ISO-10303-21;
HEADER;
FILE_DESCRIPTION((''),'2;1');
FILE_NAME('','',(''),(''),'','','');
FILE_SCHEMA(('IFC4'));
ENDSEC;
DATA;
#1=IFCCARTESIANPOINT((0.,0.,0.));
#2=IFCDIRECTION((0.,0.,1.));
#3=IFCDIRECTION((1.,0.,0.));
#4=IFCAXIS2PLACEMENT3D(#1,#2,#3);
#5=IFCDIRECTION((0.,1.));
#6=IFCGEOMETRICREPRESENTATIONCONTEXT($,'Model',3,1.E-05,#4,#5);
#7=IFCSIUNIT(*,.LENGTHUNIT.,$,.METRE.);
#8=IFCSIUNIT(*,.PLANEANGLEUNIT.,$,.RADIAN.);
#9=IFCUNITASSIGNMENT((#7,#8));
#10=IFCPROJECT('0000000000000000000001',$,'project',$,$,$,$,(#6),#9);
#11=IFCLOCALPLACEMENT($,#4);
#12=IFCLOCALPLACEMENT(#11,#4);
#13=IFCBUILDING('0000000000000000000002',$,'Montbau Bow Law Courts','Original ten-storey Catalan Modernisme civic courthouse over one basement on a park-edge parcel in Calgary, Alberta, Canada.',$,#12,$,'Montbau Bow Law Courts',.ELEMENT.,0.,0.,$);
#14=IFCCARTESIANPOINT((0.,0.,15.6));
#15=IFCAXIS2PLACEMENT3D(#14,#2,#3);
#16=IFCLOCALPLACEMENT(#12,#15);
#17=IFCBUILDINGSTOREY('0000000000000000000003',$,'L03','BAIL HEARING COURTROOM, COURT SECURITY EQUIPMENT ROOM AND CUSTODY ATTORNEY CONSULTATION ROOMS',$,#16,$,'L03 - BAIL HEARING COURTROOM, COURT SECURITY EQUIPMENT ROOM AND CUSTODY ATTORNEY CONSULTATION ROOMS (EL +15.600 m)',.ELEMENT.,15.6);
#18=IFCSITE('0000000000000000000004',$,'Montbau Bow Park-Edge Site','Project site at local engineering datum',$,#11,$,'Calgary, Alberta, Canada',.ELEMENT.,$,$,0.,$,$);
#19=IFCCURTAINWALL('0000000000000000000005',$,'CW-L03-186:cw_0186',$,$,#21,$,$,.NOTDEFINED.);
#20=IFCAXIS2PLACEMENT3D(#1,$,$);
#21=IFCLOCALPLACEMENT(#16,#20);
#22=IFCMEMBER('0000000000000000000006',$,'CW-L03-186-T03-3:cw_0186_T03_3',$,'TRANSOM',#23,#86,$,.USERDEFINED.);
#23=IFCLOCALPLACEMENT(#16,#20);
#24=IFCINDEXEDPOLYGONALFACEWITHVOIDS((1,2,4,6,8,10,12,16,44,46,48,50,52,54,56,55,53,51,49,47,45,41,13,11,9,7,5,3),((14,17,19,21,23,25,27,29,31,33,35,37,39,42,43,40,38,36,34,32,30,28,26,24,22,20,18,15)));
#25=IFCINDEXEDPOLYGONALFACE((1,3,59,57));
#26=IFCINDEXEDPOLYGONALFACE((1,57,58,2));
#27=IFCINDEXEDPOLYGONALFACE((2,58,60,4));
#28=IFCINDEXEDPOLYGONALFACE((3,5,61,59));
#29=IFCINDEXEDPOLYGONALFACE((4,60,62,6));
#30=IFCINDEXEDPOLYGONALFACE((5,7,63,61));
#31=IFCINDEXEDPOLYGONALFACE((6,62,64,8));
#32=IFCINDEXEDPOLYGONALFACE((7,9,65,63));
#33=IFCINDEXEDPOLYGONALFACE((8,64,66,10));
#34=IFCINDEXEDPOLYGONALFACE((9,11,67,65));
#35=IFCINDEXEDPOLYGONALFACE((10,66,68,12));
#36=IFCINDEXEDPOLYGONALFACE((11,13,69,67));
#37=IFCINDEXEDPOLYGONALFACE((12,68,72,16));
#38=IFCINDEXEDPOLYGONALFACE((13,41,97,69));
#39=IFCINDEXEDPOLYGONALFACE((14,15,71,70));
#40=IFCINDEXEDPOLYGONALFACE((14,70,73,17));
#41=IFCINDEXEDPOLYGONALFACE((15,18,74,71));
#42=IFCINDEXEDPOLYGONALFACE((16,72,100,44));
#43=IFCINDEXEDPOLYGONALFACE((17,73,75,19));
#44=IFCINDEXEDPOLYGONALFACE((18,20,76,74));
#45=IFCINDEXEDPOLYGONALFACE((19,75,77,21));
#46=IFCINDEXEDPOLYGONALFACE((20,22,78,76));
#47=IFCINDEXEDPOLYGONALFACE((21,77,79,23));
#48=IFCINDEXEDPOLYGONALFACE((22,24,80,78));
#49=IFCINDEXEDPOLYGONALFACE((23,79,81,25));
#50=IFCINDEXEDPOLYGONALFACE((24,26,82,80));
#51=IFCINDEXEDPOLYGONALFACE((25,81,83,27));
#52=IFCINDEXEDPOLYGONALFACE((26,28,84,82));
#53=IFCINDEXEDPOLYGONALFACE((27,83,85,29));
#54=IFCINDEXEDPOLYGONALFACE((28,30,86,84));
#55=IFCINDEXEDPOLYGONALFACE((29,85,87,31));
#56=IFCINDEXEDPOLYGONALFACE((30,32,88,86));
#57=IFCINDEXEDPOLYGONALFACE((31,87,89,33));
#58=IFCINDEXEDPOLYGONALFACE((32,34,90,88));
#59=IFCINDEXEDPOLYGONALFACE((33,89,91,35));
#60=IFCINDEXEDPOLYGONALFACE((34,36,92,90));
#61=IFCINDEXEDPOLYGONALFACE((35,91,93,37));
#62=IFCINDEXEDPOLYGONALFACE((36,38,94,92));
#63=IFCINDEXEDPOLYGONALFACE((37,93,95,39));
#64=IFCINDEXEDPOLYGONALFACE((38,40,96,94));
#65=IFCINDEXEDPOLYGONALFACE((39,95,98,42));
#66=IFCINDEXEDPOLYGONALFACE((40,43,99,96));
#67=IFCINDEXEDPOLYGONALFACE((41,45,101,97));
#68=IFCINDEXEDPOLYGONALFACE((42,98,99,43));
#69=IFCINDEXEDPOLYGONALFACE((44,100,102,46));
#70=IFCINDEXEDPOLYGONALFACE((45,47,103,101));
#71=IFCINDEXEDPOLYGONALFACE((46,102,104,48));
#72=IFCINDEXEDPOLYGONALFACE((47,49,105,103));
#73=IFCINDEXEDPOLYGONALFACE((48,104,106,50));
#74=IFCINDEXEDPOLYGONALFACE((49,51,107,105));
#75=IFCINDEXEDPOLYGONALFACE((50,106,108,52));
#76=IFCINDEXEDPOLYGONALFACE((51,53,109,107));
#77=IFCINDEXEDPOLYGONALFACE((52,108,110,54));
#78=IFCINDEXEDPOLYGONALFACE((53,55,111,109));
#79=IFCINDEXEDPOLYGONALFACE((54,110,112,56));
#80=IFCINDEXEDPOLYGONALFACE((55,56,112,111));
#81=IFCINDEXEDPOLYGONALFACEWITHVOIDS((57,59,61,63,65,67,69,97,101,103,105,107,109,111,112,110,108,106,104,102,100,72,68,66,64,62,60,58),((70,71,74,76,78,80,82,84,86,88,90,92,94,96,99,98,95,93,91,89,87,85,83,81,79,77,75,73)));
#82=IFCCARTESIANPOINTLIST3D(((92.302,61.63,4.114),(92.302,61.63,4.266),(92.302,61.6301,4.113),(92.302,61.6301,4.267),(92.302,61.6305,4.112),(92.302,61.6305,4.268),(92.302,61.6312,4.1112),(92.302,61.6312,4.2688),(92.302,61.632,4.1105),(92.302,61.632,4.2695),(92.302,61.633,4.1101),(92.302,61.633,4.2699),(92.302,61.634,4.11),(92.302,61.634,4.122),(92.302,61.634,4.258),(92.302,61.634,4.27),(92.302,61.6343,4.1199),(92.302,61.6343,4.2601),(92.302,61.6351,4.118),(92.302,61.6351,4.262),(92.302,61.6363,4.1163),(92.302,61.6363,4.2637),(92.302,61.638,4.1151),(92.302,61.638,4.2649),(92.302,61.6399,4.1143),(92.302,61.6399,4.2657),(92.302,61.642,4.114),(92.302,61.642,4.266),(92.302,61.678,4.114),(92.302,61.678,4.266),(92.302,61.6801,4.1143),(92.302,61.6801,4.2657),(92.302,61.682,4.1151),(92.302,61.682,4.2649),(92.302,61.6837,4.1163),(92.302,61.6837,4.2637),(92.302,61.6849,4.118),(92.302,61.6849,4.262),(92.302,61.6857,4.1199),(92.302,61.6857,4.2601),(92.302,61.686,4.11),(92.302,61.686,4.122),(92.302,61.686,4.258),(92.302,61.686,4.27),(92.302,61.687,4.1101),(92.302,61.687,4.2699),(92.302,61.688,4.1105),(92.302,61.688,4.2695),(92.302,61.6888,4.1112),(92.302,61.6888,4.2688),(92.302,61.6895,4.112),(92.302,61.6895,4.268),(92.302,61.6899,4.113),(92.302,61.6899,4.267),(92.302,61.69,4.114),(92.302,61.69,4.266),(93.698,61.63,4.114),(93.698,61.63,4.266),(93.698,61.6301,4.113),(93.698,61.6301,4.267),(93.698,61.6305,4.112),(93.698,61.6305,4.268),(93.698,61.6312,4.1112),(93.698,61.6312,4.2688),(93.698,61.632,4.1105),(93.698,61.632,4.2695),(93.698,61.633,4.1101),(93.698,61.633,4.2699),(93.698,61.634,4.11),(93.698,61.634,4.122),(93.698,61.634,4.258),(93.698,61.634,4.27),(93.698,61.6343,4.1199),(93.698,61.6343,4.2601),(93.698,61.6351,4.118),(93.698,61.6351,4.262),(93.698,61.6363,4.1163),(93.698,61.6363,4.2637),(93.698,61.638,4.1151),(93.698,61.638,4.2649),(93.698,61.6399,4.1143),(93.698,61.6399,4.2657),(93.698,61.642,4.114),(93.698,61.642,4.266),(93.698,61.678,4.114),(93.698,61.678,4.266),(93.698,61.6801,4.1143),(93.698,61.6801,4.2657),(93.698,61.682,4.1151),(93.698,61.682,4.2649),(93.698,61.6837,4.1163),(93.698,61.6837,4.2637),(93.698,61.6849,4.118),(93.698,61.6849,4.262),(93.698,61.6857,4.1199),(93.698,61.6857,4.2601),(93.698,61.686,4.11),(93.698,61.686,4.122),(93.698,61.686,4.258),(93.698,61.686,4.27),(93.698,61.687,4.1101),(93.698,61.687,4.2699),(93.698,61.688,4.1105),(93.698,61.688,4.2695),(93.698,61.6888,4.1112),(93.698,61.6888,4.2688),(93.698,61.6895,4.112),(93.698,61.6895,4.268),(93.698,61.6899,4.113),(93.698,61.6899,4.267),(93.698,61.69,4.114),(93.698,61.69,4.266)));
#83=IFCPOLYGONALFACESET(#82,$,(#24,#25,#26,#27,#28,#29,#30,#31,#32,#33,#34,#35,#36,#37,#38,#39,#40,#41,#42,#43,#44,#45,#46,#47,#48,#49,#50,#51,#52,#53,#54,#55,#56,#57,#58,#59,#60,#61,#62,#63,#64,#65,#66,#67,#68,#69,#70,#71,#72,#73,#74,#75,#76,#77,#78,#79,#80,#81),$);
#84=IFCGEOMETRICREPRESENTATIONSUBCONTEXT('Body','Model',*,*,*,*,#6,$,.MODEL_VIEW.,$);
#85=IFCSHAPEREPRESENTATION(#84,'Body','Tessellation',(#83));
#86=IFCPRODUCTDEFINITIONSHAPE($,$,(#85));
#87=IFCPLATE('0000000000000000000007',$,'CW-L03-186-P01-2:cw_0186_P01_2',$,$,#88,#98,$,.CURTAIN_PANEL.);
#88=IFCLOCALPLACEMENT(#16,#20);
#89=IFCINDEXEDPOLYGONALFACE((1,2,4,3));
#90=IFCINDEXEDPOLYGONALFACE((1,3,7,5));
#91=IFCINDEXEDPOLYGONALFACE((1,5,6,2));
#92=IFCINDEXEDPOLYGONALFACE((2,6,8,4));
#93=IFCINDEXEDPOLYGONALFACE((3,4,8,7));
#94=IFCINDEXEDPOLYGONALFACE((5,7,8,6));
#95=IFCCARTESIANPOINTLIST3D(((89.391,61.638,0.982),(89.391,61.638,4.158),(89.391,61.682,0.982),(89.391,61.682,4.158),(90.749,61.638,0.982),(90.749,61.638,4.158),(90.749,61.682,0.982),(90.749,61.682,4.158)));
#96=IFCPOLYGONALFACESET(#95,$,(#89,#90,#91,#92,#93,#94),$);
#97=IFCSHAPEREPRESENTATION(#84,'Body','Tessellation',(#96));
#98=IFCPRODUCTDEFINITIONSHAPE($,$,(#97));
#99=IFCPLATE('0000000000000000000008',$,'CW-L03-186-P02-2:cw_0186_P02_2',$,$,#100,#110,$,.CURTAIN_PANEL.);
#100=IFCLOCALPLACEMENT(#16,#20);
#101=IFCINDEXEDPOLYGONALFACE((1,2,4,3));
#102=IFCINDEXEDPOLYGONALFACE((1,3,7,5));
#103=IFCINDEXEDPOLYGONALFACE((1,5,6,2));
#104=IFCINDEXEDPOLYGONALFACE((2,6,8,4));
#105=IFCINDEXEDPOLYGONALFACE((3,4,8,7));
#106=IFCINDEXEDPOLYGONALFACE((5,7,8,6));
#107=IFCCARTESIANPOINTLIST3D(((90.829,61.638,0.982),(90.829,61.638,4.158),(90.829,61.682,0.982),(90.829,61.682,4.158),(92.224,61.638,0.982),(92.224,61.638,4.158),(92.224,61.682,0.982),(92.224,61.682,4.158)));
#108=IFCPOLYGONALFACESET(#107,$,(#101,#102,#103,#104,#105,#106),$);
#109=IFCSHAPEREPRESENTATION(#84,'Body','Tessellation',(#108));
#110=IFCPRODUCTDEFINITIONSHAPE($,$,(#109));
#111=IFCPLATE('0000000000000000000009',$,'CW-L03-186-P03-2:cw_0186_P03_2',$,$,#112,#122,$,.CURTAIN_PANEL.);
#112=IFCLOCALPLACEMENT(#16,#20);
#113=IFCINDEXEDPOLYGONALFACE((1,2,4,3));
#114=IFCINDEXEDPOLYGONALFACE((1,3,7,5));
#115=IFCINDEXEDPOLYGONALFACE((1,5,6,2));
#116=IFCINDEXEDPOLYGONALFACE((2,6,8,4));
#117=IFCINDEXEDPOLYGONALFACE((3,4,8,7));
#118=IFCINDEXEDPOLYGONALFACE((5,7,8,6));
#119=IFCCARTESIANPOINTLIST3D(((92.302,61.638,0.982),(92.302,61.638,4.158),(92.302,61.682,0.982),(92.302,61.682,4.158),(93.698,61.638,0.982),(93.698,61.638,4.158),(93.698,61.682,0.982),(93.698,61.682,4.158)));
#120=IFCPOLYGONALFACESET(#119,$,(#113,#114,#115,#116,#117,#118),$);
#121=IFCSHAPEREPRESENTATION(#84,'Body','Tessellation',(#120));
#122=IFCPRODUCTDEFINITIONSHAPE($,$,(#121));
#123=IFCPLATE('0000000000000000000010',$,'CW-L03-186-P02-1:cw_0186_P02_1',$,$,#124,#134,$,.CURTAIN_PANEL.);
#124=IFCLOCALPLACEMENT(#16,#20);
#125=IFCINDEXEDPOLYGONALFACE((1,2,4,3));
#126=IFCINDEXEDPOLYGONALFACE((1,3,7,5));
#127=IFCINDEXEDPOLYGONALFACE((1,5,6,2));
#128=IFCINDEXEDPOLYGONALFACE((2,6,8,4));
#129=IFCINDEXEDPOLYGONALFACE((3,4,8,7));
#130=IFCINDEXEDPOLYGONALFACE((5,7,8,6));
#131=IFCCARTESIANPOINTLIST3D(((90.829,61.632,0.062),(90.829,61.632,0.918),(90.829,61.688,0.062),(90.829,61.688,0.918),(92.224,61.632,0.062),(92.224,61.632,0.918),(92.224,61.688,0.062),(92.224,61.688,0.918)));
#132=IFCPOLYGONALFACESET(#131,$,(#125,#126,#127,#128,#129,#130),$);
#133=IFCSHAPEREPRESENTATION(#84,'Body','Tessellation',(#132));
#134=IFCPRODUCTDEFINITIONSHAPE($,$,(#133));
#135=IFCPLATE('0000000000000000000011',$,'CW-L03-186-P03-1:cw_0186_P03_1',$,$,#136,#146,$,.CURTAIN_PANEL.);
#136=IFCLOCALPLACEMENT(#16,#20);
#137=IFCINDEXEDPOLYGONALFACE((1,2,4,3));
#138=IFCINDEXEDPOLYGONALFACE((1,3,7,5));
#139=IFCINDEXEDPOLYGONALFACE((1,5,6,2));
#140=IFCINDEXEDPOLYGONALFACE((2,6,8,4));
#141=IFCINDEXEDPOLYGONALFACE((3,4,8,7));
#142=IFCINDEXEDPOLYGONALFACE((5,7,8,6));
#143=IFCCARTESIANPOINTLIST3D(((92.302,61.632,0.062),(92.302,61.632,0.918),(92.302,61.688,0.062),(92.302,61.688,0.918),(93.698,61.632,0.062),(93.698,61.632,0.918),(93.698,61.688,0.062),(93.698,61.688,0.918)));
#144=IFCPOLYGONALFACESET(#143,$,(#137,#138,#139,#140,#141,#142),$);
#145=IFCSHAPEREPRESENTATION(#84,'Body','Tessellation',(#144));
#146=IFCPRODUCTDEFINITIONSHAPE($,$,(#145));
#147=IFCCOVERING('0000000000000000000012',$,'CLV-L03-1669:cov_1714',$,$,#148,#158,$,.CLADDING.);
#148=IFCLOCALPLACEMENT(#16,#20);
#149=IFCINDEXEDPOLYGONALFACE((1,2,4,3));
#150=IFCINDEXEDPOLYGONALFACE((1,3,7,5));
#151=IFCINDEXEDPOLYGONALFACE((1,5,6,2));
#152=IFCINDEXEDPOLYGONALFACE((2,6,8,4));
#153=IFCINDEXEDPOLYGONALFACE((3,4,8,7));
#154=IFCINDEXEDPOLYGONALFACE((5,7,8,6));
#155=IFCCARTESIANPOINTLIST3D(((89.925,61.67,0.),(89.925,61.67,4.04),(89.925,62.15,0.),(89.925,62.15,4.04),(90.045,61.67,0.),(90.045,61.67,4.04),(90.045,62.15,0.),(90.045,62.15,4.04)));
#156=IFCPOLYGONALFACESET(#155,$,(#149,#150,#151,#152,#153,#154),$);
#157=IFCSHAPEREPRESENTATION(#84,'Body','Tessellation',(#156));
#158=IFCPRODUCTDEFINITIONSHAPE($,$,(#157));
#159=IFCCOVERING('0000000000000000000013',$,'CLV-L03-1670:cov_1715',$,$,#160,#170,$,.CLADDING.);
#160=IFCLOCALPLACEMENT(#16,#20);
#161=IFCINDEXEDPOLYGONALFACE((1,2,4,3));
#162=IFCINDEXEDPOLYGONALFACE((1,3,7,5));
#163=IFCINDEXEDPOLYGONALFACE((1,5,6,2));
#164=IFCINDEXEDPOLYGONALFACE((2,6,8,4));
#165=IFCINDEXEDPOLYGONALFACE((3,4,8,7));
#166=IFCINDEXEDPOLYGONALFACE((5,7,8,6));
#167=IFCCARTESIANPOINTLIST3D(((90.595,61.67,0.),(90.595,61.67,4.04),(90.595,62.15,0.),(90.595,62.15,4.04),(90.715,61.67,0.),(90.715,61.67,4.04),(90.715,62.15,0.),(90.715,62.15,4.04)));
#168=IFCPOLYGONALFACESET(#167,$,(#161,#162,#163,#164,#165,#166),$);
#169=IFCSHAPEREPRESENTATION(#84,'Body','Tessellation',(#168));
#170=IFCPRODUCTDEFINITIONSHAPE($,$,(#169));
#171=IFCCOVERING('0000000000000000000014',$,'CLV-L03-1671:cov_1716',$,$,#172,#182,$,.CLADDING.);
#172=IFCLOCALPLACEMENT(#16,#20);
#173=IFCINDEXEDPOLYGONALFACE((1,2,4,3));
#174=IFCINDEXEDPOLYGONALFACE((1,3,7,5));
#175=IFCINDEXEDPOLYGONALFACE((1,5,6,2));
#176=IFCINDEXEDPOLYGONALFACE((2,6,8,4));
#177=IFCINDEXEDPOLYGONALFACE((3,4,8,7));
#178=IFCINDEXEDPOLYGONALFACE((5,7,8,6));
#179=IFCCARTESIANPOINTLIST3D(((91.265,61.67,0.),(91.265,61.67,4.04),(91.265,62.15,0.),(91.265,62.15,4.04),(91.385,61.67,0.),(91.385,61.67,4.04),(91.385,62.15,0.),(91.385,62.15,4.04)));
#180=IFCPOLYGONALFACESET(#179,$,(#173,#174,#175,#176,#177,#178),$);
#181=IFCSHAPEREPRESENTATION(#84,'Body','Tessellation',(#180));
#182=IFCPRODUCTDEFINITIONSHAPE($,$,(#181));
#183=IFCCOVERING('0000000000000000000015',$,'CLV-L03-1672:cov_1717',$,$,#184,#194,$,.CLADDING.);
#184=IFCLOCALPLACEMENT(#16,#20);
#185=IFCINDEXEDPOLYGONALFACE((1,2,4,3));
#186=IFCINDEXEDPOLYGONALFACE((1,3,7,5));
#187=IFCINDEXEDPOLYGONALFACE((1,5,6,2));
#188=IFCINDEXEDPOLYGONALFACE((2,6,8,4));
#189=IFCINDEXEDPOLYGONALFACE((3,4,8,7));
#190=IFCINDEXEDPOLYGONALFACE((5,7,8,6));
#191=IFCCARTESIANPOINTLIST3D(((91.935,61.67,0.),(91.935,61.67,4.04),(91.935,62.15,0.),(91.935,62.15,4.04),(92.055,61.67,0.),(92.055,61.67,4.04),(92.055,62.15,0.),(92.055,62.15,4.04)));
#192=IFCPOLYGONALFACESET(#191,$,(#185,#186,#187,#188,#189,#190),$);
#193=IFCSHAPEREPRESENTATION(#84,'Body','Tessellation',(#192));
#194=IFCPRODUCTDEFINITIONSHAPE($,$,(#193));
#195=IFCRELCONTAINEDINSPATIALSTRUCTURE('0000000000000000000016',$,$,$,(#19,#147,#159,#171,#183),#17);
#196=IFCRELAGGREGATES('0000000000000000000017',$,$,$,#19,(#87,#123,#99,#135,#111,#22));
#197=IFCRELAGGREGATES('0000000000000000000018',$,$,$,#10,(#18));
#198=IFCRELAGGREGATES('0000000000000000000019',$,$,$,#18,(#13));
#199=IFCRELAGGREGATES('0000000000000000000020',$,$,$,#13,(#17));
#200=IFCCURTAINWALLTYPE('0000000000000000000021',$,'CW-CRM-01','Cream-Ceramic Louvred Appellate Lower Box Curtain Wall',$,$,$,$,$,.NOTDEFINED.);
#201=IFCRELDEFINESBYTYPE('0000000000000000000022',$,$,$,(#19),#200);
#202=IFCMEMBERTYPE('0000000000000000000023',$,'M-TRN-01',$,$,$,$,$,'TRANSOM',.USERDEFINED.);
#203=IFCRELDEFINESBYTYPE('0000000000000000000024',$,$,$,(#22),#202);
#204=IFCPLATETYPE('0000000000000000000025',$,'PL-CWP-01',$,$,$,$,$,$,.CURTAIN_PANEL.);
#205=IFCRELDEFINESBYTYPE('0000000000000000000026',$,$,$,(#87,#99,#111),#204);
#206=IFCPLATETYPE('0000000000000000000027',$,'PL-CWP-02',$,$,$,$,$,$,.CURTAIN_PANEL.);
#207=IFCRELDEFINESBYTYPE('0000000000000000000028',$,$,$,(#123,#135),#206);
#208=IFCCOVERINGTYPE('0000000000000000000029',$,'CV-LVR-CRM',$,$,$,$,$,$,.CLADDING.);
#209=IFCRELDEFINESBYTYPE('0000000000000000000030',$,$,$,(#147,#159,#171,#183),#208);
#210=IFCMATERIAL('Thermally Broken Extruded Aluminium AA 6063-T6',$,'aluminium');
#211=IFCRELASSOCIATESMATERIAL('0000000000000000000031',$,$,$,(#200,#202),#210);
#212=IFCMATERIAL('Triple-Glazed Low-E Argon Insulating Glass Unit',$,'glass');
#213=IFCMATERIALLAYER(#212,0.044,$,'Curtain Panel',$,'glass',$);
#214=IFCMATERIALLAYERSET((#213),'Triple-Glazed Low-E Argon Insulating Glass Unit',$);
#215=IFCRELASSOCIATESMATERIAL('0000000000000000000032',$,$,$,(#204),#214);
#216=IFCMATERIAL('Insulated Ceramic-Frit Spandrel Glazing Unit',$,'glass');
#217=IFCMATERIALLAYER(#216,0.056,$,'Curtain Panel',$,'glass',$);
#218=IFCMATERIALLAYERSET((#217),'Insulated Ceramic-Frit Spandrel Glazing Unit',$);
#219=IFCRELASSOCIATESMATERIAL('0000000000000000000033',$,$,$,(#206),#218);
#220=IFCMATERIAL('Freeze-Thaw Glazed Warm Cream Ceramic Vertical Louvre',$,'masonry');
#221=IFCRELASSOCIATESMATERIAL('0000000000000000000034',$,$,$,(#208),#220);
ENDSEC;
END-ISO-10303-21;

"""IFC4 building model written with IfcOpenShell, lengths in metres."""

from ifc_helpers import new_model, si_unit, direction, frame, frame_2d, origin_with_axes, origin_2d_with_axis, place, context, subcontext, project, spatial, rectangle, hollow_rectangle, extrude, material, layer, layer_set, material_profile, profile_set, type_object, element, aggregate, save


model = new_model("IFC4")

# Units and contexts
model_context = context("Model", 3, precision=1e-05, world=origin_with_axes(), true_north=direction((0.0, 1.0)))
body_context = subcontext(model_context, "Body", "Model", "MODEL_VIEW")
ifc_project = project(units=[si_unit("LENGTHUNIT", "METRE"), si_unit("PLANEANGLEUNIT", "RADIAN")], contexts=[model_context])

# Site, building, storey
site_placement = place(None, origin_with_axes())
site = spatial("IfcSite", under=ifc_project, at=site_placement, Name="Montbau Bow Park-Edge Site", Description="Project site at local engineering datum", LongName="Calgary, Alberta, Canada", CompositionType="ELEMENT", RefElevation=0.0)
building_placement = place(site_placement, origin_with_axes())
building = spatial("IfcBuilding", under=site, at=building_placement, Name="Montbau Bow Law Courts", Description="Original ten-storey Catalan Modernisme civic courthouse over one basement on a park-edge parcel in Calgary, Alberta, Canada.", LongName="Montbau Bow Law Courts", CompositionType="ELEMENT", ElevationOfRefHeight=0.0, ElevationOfTerrain=0.0)
storey_placement = place(building_placement, frame((0.0, 0.0, 15.6), z_axis=(0.0, 0.0, 1.0), x_axis=(1.0, 0.0, 0.0)))
storey = spatial("IfcBuildingStorey", under=building, at=storey_placement, Name="L03", Description="BAIL HEARING COURTROOM, COURT SECURITY EQUIPMENT ROOM AND CUSTODY ATTORNEY CONSULTATION ROOMS", LongName="L03 - BAIL HEARING COURTROOM, COURT SECURITY EQUIPMENT ROOM AND CUSTODY ATTORNEY CONSULTATION ROOMS (EL +15.600 m)", CompositionType="ELEMENT", Elevation=15.6)

# Curtain wall, member, plates
ifc_material_1 = material(Name="Thermally Broken Extruded Aluminium AA 6063-T6", Category="aluminium")
curtain_wall_type = type_object("IfcCurtainWallType", Name="CW-CRM-01", Description="Cream-Ceramic Louvred Appellate Lower Box Curtain Wall", PredefinedType="NOTDEFINED", material=ifc_material_1)
curtain_wall_placement = place(None, frame((89.315, 61.66, 15.6), z_axis=(0.0, 0.0, 1.0), x_axis=(1.0, 0.0, 0.0)))
curtain_wall = element("IfcCurtainWall", 1, at=curtain_wall_placement, inside=storey, type_object=curtain_wall_type, Name="CW-L03-186:cw_0186", PredefinedType="NOTDEFINED")
ifc_material_profile_1 = material_profile(ifc_material_1, hollow_rectangle(XDim=0.06, YDim=0.16, WallThickness=0.004, InnerFilletRadius=0.008, OuterFilletRadius=0.004, at=origin_2d_with_axis()), Name="CWT-160X60", Category="Main", Priority=0)
ifc_profile_set_1 = profile_set([ifc_material_profile_1], Name="Thermally Broken Extruded Aluminium AA 6063-T6")
member_type_1 = type_object("IfcMemberType", Name="M-TRN-01", ElementType="TRANSOM", PredefinedType="USERDEFINED", material=ifc_profile_set_1)
member_1_placement = place(None, frame((92.302, 61.66, 19.79), z_axis=(1.0, 0.0, 0.0), x_axis=(0.0, 1.0, 0.0)))
member_1 = element("IfcMember", 2, at=member_1_placement, type_object=member_type_1, Name="CW-L03-186-T03-3:cw_0186_T03_3", ObjectType="TRANSOM", PredefinedType="USERDEFINED", context=body_context, shape_type="SweptSolid", body=[
    extrude(hollow_rectangle(XDim=0.06, YDim=0.16, WallThickness=0.004, InnerFilletRadius=0.008, OuterFilletRadius=0.004, at=origin_2d_with_axis()), origin_with_axes(), (0.0, 0.0, 1.0), 1.396),
])
ifc_material_2 = material(Name="Triple-Glazed Low-E Argon Insulating Glass Unit", Category="glass")
ifc_layer_1 = layer(ifc_material_2, 0.044, Name="Curtain Panel", Category="glass")
ifc_layer_set_1 = layer_set([ifc_layer_1], Name="Triple-Glazed Low-E Argon Insulating Glass Unit")
plate_type_1 = type_object("IfcPlateType", Name="PL-CWP-01", PredefinedType="CURTAIN_PANEL", material=ifc_layer_set_1)
plate_1_placement = place(None, frame((89.391, 61.66, 16.582), z_axis=(0.0, -1.0, 0.0), x_axis=(1.0, 0.0, 0.0)))
plate_1 = element("IfcPlate", 3, at=plate_1_placement, type_object=plate_type_1, Name="CW-L03-186-P01-2:cw_0186_P01_2", PredefinedType="CURTAIN_PANEL", context=body_context, shape_type="SweptSolid", body=[
    extrude(rectangle(XDim=1.358, YDim=3.176, at=frame_2d((0.679, 1.588), x_axis=(1.0, 0.0))), frame((0.0, 0.0, -0.022), z_axis=(0.0, 0.0, 1.0), x_axis=(1.0, 0.0, 0.0)), (0.0, 0.0, 1.0), 0.044),
])
plate_2_placement = place(None, frame((90.829, 61.66, 16.582), z_axis=(0.0, -1.0, 0.0), x_axis=(1.0, 0.0, 0.0)))
plate_2 = element("IfcPlate", 4, at=plate_2_placement, type_object=plate_type_1, Name="CW-L03-186-P02-2:cw_0186_P02_2", PredefinedType="CURTAIN_PANEL", context=body_context, shape_type="SweptSolid", body=[
    extrude(rectangle(XDim=1.395, YDim=3.176, at=frame_2d((0.6975, 1.588), x_axis=(1.0, 0.0))), frame((0.0, 0.0, -0.022), z_axis=(0.0, 0.0, 1.0), x_axis=(1.0, 0.0, 0.0)), (0.0, 0.0, 1.0), 0.044),
])
plate_3_placement = place(None, frame((92.302, 61.66, 16.582), z_axis=(0.0, -1.0, 0.0), x_axis=(1.0, 0.0, 0.0)))
plate_3 = element("IfcPlate", 5, at=plate_3_placement, type_object=plate_type_1, Name="CW-L03-186-P03-2:cw_0186_P03_2", PredefinedType="CURTAIN_PANEL", context=body_context, shape_type="SweptSolid", body=[
    extrude(rectangle(XDim=1.396, YDim=3.176, at=frame_2d((0.698, 1.588), x_axis=(1.0, 0.0))), frame((0.0, 0.0, -0.022), z_axis=(0.0, 0.0, 1.0), x_axis=(1.0, 0.0, 0.0)), (0.0, 0.0, 1.0), 0.044),
])
ifc_material_3 = material(Name="Insulated Ceramic-Frit Spandrel Glazing Unit", Category="glass")
ifc_layer_2 = layer(ifc_material_3, 0.056, Name="Curtain Panel", Category="glass")
ifc_layer_set_2 = layer_set([ifc_layer_2], Name="Insulated Ceramic-Frit Spandrel Glazing Unit")
plate_type_2 = type_object("IfcPlateType", Name="PL-CWP-02", PredefinedType="CURTAIN_PANEL", material=ifc_layer_set_2)
plate_4_placement = place(None, frame((90.829, 61.66, 15.662), z_axis=(0.0, -1.0, 0.0), x_axis=(1.0, 0.0, 0.0)))
plate_4 = element("IfcPlate", 6, at=plate_4_placement, type_object=plate_type_2, Name="CW-L03-186-P02-1:cw_0186_P02_1", PredefinedType="CURTAIN_PANEL", context=body_context, shape_type="SweptSolid", body=[
    extrude(rectangle(XDim=1.395, YDim=0.856, at=frame_2d((0.6975, 0.428), x_axis=(1.0, 0.0))), frame((0.0, 0.0, -0.028), z_axis=(0.0, 0.0, 1.0), x_axis=(1.0, 0.0, 0.0)), (0.0, 0.0, 1.0), 0.056),
])
plate_5_placement = place(None, frame((92.302, 61.66, 15.662), z_axis=(0.0, -1.0, 0.0), x_axis=(1.0, 0.0, 0.0)))
plate_5 = element("IfcPlate", 7, at=plate_5_placement, type_object=plate_type_2, Name="CW-L03-186-P03-1:cw_0186_P03_1", PredefinedType="CURTAIN_PANEL", context=body_context, shape_type="SweptSolid", body=[
    extrude(rectangle(XDim=1.396, YDim=0.856, at=frame_2d((0.698, 0.428), x_axis=(1.0, 0.0))), frame((0.0, 0.0, -0.028), z_axis=(0.0, 0.0, 1.0), x_axis=(1.0, 0.0, 0.0)), (0.0, 0.0, 1.0), 0.056),
])
aggregate(curtain_wall, [plate_1, plate_4, plate_2, plate_5, plate_3, member_1])

# Coverings
ifc_material_4 = material(Name="Freeze-Thaw Glazed Warm Cream Ceramic Vertical Louvre", Category="masonry")
covering_type = type_object("IfcCoveringType", Name="CV-LVR-CRM", PredefinedType="CLADDING", material=ifc_material_4)
for number, where, z_axis, x_axis, name in (
    (8, (89.985, 61.67, 15.6), (1.0, 0.0, 0.0), (0.0, 1.0, 0.0), "CLV-L03-1669:cov_1714"),
    (9, (90.655, 61.67, 15.6), (1.0, 0.0, 0.0), (0.0, 1.0, 0.0), "CLV-L03-1670:cov_1715"),
    (10, (91.325, 61.67, 15.6), (1.0, 0.0, 0.0), (0.0, 1.0, 0.0), "CLV-L03-1671:cov_1716"),
    (11, (91.995, 61.67, 15.6), (1.0, 0.0, 0.0), (0.0, 1.0, 0.0), "CLV-L03-1672:cov_1717"),
):
    element("IfcCovering", number, at=place(None, frame(where, z_axis=z_axis, x_axis=x_axis)), inside=storey, type_object=covering_type, Name=name, PredefinedType="CLADDING", context=body_context, shape_type="SweptSolid", body=[
        extrude(rectangle(XDim=0.48, YDim=4.04, at=frame_2d((0.24, 2.02), x_axis=(1.0, 0.0))), frame((0.0, 0.0, -0.06), z_axis=(0.0, 0.0, 1.0), x_axis=(1.0, 0.0, 0.0)), (0.0, 0.0, 1.0), 0.12),
    ])

save(model, "model.ifc")
